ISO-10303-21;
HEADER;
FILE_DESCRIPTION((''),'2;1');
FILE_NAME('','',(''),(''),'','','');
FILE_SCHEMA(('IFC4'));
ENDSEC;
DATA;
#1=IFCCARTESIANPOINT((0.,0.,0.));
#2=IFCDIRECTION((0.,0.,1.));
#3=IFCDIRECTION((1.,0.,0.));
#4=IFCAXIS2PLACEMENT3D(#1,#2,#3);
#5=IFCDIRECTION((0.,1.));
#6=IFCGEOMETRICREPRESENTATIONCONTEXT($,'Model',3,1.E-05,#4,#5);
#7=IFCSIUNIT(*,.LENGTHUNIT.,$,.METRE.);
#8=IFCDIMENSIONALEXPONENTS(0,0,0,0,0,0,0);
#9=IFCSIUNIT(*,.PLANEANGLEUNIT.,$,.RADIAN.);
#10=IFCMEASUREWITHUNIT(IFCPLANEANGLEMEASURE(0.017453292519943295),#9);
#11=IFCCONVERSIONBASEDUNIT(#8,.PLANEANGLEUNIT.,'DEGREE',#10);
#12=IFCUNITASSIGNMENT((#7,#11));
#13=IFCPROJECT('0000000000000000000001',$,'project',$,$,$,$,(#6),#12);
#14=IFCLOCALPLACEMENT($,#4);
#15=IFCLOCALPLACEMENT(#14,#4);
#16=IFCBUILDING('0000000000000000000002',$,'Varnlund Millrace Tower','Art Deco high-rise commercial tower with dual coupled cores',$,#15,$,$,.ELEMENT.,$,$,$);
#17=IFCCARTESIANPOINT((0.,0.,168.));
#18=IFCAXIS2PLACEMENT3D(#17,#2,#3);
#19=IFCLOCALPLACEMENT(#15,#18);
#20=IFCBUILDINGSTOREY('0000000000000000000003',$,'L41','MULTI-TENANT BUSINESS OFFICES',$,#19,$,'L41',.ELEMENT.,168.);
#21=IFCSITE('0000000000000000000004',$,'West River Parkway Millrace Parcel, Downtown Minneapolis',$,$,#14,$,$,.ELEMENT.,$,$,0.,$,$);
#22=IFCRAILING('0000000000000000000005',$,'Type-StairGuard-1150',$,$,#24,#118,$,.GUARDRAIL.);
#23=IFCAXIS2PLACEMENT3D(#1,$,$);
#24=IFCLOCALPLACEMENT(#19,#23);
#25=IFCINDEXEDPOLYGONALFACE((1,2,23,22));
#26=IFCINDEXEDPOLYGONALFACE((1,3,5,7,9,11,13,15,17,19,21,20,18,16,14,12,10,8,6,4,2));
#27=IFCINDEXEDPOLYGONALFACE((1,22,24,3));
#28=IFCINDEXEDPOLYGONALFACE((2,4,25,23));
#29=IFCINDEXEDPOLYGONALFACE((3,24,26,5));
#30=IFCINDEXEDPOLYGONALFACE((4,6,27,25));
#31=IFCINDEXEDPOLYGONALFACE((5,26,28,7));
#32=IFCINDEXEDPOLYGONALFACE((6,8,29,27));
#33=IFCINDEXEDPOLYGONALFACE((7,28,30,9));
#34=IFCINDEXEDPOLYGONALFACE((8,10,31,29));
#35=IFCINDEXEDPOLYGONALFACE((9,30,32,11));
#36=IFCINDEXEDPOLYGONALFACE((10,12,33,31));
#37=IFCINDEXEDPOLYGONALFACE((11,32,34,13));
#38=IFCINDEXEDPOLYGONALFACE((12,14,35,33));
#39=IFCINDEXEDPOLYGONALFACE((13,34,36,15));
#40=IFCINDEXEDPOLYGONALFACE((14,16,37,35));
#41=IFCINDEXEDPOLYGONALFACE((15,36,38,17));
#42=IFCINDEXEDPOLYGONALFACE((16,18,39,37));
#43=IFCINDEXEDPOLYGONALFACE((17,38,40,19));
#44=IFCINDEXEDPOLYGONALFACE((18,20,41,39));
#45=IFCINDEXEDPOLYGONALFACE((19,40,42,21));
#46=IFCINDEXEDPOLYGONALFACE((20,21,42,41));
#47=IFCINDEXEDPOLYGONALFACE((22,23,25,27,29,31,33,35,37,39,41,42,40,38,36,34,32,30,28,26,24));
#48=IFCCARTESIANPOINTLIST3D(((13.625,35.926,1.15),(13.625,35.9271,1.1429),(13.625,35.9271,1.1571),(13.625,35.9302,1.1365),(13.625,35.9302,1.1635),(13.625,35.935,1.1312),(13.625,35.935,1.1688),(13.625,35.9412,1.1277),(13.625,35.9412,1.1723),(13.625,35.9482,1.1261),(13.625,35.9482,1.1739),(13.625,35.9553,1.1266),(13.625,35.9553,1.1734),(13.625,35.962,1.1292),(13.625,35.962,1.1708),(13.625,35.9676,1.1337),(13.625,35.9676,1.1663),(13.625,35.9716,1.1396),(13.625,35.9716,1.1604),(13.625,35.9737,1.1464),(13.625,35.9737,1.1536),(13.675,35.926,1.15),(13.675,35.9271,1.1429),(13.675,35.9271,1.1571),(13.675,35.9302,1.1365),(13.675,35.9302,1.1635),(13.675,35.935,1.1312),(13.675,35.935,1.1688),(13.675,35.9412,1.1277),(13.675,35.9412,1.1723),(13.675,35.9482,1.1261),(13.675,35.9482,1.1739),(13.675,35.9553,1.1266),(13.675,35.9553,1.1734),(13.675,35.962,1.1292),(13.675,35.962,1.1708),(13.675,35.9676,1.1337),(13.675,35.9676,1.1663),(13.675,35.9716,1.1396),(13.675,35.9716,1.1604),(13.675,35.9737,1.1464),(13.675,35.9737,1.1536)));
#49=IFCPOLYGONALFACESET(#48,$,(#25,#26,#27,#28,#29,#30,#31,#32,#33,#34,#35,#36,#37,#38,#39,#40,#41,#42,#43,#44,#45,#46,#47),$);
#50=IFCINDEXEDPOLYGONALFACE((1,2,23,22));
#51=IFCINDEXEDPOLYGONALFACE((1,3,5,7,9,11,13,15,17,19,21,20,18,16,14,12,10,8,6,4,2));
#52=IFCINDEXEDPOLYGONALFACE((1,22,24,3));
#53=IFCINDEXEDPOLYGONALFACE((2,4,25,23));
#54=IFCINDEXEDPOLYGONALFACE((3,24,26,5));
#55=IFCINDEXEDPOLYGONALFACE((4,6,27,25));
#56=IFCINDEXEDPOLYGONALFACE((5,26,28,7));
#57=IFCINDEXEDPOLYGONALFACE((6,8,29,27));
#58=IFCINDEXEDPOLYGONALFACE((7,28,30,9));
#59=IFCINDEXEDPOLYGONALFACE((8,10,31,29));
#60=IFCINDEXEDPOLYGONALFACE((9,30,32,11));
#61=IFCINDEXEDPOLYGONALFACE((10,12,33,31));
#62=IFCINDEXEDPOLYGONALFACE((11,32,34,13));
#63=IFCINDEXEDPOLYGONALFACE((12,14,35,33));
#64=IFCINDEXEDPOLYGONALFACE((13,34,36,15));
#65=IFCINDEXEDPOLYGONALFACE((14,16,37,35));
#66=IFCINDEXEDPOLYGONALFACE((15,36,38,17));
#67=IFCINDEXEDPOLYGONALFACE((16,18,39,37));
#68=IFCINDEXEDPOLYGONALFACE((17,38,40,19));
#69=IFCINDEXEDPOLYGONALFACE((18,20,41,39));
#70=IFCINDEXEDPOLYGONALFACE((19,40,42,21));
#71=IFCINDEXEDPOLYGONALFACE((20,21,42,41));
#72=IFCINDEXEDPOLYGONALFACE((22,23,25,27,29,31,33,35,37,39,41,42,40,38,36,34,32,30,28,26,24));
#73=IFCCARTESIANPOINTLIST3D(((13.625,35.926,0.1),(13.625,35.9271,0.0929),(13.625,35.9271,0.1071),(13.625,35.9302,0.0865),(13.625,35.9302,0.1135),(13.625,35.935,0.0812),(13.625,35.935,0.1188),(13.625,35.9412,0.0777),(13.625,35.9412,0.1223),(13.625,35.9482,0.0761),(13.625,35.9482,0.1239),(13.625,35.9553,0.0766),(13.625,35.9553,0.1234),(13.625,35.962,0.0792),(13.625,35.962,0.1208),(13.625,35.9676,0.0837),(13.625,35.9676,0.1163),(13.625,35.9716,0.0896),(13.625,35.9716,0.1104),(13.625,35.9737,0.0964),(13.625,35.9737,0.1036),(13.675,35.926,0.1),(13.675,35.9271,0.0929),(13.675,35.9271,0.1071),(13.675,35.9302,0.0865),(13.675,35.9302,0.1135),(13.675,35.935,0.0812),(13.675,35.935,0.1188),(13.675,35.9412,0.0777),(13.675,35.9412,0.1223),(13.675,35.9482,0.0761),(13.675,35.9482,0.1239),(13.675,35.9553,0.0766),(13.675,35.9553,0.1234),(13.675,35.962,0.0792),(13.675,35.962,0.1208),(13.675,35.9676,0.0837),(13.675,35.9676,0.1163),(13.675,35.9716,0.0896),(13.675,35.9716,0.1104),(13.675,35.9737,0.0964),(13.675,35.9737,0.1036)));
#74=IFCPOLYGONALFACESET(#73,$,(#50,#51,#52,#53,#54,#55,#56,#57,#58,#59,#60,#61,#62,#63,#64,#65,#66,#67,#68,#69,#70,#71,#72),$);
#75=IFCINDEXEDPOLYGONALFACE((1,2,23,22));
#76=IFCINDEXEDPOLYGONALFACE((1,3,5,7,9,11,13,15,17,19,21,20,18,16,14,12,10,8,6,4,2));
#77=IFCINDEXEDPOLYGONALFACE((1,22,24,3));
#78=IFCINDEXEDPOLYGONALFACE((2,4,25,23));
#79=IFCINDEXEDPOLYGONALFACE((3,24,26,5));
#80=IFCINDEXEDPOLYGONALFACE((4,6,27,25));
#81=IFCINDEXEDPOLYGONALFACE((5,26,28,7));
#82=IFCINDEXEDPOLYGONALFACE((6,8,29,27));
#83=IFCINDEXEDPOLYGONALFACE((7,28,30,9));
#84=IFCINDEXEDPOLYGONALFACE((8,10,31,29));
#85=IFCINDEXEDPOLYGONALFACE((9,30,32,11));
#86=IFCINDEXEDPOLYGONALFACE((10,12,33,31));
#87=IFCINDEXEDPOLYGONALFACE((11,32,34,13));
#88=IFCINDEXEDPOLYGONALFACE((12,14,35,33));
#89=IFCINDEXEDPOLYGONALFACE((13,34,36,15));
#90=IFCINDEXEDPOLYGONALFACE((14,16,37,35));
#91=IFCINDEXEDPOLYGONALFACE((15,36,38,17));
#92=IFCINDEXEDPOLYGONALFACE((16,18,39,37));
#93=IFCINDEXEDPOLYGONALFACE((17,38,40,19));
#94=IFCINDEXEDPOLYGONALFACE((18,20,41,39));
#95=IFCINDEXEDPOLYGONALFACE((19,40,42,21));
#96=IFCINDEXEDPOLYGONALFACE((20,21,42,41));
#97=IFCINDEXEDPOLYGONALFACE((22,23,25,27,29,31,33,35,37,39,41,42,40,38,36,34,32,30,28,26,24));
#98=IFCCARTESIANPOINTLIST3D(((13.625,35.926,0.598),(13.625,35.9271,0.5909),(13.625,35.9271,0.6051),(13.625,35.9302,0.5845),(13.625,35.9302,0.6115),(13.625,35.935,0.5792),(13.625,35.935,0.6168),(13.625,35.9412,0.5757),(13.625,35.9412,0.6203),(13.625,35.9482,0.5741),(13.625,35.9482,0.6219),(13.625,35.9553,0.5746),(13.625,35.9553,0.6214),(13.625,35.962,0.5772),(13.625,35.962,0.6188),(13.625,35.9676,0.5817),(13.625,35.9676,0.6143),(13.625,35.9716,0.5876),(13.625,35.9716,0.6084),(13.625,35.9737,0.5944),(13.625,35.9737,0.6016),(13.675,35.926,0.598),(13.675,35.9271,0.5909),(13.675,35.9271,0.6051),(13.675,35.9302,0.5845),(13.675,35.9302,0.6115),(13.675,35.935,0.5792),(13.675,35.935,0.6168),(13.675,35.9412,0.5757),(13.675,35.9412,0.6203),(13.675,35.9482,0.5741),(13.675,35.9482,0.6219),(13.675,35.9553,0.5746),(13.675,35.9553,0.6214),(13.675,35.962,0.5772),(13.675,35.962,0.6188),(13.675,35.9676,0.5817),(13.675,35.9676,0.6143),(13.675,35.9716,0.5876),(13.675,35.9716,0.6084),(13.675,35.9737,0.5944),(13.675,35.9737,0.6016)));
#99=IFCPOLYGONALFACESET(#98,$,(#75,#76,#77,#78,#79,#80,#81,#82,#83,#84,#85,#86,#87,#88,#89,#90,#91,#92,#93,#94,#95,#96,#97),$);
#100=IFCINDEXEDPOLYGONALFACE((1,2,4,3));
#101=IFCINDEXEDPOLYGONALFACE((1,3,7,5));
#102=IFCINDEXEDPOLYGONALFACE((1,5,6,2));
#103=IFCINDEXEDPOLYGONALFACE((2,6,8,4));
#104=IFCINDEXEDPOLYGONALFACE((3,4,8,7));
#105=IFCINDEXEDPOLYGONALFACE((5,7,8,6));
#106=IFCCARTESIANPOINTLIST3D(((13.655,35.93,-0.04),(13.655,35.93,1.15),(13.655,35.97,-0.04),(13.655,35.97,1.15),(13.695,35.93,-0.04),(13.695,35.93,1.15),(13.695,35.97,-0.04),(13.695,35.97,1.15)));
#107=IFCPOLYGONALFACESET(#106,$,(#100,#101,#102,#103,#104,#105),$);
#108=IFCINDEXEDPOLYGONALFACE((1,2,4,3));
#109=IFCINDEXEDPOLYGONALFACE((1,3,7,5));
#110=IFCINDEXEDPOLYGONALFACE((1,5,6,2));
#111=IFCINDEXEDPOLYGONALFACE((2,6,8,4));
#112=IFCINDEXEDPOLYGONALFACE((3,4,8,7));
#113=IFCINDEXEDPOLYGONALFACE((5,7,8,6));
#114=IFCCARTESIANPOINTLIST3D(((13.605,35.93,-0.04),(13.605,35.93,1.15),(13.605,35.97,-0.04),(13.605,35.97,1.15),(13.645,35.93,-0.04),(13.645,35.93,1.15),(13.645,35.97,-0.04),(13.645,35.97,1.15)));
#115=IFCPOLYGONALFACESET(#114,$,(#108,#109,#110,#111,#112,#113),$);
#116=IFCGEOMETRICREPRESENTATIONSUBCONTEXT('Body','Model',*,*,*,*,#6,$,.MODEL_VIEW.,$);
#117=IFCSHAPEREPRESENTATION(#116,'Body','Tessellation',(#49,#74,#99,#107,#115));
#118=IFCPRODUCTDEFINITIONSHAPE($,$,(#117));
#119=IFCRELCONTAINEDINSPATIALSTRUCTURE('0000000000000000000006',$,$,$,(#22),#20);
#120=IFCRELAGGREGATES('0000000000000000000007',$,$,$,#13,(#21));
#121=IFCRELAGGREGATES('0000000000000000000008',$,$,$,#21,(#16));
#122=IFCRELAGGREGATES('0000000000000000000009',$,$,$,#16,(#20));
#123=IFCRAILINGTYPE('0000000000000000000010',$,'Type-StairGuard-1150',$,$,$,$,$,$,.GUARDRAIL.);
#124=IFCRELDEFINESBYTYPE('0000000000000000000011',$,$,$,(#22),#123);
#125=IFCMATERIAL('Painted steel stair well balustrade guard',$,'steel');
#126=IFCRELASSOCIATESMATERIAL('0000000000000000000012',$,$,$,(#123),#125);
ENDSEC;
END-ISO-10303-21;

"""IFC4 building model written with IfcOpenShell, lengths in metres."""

from ifc_helpers import new_model, entity, si_unit, converted_unit, direction, frame, origin_with_axes, origin_2d_with_axis, place, context, subcontext, project, spatial, rectangle, circle, extrude, material, type_object, element, save


model = new_model("IFC4")

# Units and contexts
model_context = context("Model", 3, precision=1e-05, world=origin_with_axes(), true_north=direction((0.0, 1.0)))
body_context = subcontext(model_context, "Body", "Model", "MODEL_VIEW")
ifc_project = project(units=[si_unit("LENGTHUNIT", "METRE"), converted_unit("PLANEANGLEUNIT", "DEGREE", entity("IfcPlaneAngleMeasure", 0.017453292519943295), si_unit("PLANEANGLEUNIT", "RADIAN"), dimensions=[0, 0, 0, 0, 0, 0, 0])], contexts=[model_context])

# Site, building, storey
site_placement = place(None, origin_with_axes())
site = spatial("IfcSite", under=ifc_project, at=site_placement, Name="West River Parkway Millrace Parcel, Downtown Minneapolis", CompositionType="ELEMENT", RefElevation=0.0)
building_placement = place(site_placement, origin_with_axes())
building = spatial("IfcBuilding", under=site, at=building_placement, Name="Varnlund Millrace Tower", Description="Art Deco high-rise commercial tower with dual coupled cores", CompositionType="ELEMENT")
storey_placement = place(building_placement, frame((0.0, 0.0, 168.0), z_axis=(0.0, 0.0, 1.0), x_axis=(1.0, 0.0, 0.0)))
storey = spatial("IfcBuildingStorey", under=building, at=storey_placement, Name="L41", Description="MULTI-TENANT BUSINESS OFFICES", LongName="L41", CompositionType="ELEMENT", Elevation=168.0)

# Railing
ifc_material_1 = material(Name="Painted steel stair well balustrade guard", Category="steel")
railing_type_1 = type_object("IfcRailingType", Name="Type-StairGuard-1150", PredefinedType="GUARDRAIL", material=ifc_material_1)
railing_1_placement = place(storey_placement, frame((0.0, 0.0, -168.0), z_axis=(0.0, 0.0, 1.0), x_axis=(1.0, 0.0, 0.0)))
element("IfcRailing", 1, at=railing_1_placement, inside=storey, type_object=railing_type_1, Name="Type-StairGuard-1150", PredefinedType="GUARDRAIL", context=body_context, shape_type="SweptSolid", body=[
    extrude(circle(Radius=0.024, at=origin_2d_with_axis()), frame((13.675, 35.95, 169.15), z_axis=(-1.0, 0.0, 0.0), x_axis=(0.0, -1.0, 0.0)), (0.0, 0.0, 1.0), 0.05),
    extrude(circle(Radius=0.024, at=origin_2d_with_axis()), frame((13.675, 35.95, 168.1), z_axis=(-1.0, 0.0, 0.0), x_axis=(0.0, -1.0, 0.0)), (0.0, 0.0, 1.0), 0.05),
    extrude(circle(Radius=0.024, at=origin_2d_with_axis()), frame((13.675, 35.95, 168.598), z_axis=(-1.0, 0.0, 0.0), x_axis=(0.0, -1.0, 0.0)), (0.0, 0.0, 1.0), 0.05),
    extrude(rectangle(XDim=0.04, YDim=0.04, at=origin_2d_with_axis()), frame((13.675, 35.95, 167.96), z_axis=(0.0, 0.0, 1.0), x_axis=(1.0, 0.0, 0.0)), (0.0, 0.0, 1.0), 1.19),
    extrude(rectangle(XDim=0.04, YDim=0.04, at=origin_2d_with_axis()), frame((13.625, 35.95, 167.96), z_axis=(0.0, 0.0, 1.0), x_axis=(1.0, 0.0, 0.0)), (0.0, 0.0, 1.0), 1.19),
])

save(model, "model.ifc")
